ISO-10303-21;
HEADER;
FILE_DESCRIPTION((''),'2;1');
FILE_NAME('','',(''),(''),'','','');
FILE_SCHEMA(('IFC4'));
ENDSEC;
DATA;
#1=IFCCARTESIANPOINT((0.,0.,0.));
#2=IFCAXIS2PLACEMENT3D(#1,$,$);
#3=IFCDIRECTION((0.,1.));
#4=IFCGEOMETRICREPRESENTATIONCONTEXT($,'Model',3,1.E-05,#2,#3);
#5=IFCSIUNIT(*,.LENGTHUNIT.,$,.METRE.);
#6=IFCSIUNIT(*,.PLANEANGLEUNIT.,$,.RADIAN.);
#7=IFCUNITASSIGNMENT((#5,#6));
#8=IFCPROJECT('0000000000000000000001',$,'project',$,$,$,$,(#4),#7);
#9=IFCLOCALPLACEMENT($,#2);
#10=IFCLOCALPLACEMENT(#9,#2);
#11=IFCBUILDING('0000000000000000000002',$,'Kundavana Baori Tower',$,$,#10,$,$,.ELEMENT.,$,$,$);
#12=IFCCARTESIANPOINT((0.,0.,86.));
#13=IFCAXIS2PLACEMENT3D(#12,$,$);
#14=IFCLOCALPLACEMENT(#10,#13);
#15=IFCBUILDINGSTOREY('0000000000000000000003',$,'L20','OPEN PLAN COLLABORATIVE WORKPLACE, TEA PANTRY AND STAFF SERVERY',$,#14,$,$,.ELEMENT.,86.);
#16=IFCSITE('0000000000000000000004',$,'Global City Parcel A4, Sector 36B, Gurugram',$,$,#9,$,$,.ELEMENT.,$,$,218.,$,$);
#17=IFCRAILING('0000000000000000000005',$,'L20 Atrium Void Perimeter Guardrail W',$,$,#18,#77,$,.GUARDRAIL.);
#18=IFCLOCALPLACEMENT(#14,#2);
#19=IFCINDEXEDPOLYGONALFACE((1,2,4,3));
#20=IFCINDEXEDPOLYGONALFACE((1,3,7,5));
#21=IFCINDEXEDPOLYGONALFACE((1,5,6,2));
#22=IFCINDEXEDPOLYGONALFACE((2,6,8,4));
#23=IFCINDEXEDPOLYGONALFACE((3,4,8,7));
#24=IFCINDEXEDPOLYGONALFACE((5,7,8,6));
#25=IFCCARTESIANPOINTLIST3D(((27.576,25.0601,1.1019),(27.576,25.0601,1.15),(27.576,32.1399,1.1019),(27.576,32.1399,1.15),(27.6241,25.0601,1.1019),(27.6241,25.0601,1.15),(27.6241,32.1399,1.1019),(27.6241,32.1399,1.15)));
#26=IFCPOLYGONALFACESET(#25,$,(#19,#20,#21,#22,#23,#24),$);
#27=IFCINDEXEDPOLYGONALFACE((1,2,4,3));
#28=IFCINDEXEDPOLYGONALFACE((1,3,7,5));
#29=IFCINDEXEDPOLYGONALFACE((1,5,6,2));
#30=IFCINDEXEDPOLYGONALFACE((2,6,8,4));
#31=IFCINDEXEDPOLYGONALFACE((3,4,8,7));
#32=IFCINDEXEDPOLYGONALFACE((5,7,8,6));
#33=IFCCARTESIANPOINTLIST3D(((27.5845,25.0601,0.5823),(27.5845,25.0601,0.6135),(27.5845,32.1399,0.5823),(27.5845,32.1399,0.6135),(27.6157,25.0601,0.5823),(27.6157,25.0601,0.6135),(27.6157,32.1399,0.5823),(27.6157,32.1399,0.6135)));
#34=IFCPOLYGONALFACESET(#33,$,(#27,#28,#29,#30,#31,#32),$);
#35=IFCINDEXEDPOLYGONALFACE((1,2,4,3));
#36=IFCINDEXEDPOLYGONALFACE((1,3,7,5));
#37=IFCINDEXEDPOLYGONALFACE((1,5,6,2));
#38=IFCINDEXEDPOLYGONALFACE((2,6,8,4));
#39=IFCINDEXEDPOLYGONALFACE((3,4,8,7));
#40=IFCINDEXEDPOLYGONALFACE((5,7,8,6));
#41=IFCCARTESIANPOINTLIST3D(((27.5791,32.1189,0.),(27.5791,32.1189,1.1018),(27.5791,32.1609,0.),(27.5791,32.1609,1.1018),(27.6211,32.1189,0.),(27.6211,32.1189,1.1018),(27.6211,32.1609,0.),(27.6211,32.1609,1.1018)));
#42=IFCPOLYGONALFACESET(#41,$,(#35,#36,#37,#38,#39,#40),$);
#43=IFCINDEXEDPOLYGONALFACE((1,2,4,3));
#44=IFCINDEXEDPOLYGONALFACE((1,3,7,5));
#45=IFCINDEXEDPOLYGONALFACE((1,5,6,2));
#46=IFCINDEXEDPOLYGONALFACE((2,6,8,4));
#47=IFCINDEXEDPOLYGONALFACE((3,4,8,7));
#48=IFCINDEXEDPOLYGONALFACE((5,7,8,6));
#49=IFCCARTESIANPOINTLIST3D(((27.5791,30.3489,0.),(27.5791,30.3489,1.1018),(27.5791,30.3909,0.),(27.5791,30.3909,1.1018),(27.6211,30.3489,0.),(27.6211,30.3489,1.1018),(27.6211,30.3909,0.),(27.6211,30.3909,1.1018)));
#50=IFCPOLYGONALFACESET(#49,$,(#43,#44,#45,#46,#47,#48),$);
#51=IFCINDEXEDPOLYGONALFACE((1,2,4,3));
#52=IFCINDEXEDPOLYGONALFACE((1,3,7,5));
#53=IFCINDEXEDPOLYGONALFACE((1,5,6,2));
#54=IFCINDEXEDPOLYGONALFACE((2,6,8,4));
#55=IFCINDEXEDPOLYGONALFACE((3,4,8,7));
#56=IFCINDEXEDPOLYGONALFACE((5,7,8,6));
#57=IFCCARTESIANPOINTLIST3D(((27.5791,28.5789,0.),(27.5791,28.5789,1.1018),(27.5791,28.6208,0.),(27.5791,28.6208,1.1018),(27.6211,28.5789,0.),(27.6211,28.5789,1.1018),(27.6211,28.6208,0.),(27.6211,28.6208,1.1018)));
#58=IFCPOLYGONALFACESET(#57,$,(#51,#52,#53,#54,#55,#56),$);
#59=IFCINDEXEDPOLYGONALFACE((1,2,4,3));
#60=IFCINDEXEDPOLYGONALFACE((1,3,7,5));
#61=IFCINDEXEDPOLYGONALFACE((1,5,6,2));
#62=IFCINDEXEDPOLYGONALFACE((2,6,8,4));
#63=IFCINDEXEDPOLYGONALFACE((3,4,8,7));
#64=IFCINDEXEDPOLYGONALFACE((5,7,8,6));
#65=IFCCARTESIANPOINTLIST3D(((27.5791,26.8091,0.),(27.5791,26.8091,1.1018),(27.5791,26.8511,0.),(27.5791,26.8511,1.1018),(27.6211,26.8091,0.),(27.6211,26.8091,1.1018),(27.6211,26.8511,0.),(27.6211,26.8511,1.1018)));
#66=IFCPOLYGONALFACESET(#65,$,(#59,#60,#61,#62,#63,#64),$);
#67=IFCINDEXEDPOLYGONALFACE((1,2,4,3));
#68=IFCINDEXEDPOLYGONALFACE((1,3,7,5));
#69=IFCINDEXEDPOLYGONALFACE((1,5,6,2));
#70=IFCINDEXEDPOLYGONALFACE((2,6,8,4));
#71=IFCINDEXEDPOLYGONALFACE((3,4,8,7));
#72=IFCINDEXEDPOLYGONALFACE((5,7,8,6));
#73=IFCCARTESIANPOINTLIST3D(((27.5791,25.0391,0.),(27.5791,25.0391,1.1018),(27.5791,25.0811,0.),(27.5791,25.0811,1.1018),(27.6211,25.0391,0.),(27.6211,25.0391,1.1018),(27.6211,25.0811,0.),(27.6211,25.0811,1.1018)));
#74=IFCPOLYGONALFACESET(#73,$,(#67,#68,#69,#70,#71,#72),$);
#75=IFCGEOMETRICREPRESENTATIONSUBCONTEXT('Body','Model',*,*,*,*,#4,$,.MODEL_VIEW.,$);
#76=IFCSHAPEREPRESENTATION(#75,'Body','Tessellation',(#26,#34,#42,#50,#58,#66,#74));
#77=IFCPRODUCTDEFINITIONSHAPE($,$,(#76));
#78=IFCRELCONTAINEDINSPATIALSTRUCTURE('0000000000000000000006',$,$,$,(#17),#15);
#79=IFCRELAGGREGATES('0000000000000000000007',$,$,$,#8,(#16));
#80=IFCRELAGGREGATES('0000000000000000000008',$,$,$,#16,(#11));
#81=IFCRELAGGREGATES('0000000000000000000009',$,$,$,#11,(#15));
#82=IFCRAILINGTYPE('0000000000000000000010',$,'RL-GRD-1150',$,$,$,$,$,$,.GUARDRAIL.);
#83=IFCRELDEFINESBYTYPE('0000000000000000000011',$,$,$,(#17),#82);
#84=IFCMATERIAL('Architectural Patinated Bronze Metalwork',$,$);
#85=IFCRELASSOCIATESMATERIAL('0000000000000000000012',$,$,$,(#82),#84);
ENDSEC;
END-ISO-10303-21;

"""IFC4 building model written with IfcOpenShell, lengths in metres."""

from ifc_helpers import new_model, si_unit, direction, frame, origin, origin_2d, place, context, subcontext, project, spatial, rectangle, extrude, material, type_object, element, save


model = new_model("IFC4")

# Units and contexts
model_context = context("Model", 3, precision=1e-05, world=origin(), true_north=direction((0.0, 1.0)))
body_context = subcontext(model_context, "Body", "Model", "MODEL_VIEW")
ifc_project = project(units=[si_unit("LENGTHUNIT", "METRE"), si_unit("PLANEANGLEUNIT", "RADIAN")], contexts=[model_context])

# Site, building, storey
site_placement = place(None, origin())
site = spatial("IfcSite", under=ifc_project, at=site_placement, Name="Global City Parcel A4, Sector 36B, Gurugram", CompositionType="ELEMENT", RefElevation=218.0)
building_placement = place(site_placement, origin())
building = spatial("IfcBuilding", under=site, at=building_placement, Name="Kundavana Baori Tower", CompositionType="ELEMENT")
storey_placement = place(building_placement, frame((0.0, 0.0, 86.0)))
storey = spatial("IfcBuildingStorey", under=building, at=storey_placement, Name="L20", Description="OPEN PLAN COLLABORATIVE WORKPLACE, TEA PANTRY AND STAFF SERVERY", CompositionType="ELEMENT", Elevation=86.0)

# Railing
ifc_material_1 = material(Name="Architectural Patinated Bronze Metalwork")
railing_type = type_object("IfcRailingType", Name="RL-GRD-1150", PredefinedType="GUARDRAIL", material=ifc_material_1)
railing_1_placement = place(storey_placement, frame((27.6001, 32.1399, 0.0)))
element("IfcRailing", 1, at=railing_1_placement, inside=storey, type_object=railing_type, Name="L20 Atrium Void Perimeter Guardrail W", PredefinedType="GUARDRAIL", context=body_context, shape_type="SweptSolid", body=[
    extrude(rectangle(XDim=0.0481, YDim=0.0481, at=origin_2d()), frame((0.0, 0.0, 1.126), z_axis=(0.0, -1.0, 0.0), x_axis=(1.0, 0.0, 0.0)), (0.0, 0.0, 1.0), 7.0798),
    extrude(rectangle(XDim=0.0312, YDim=0.0312, at=origin_2d()), frame((0.0, 0.0, 0.5979), z_axis=(0.0, -1.0, 0.0), x_axis=(1.0, 0.0, 0.0)), (0.0, 0.0, 1.0), 7.0798),
    extrude(rectangle(XDim=0.042, YDim=0.042, at=origin_2d()), origin(), (0.0, 0.0, 1.0), 1.1018),
    extrude(rectangle(XDim=0.042, YDim=0.042, at=origin_2d()), frame((0.0, -1.77, 0.0)), (0.0, 0.0, 1.0), 1.1018),
    extrude(rectangle(XDim=0.042, YDim=0.042, at=origin_2d()), frame((0.0, -3.54, 0.0)), (0.0, 0.0, 1.0), 1.1018),
    extrude(rectangle(XDim=0.042, YDim=0.042, at=origin_2d()), frame((0.0, -5.3098, 0.0)), (0.0, 0.0, 1.0), 1.1018),
    extrude(rectangle(XDim=0.042, YDim=0.042, at=origin_2d()), frame((0.0, -7.0798, 0.0)), (0.0, 0.0, 1.0), 1.1018),
])

save(model, "model.ifc")
